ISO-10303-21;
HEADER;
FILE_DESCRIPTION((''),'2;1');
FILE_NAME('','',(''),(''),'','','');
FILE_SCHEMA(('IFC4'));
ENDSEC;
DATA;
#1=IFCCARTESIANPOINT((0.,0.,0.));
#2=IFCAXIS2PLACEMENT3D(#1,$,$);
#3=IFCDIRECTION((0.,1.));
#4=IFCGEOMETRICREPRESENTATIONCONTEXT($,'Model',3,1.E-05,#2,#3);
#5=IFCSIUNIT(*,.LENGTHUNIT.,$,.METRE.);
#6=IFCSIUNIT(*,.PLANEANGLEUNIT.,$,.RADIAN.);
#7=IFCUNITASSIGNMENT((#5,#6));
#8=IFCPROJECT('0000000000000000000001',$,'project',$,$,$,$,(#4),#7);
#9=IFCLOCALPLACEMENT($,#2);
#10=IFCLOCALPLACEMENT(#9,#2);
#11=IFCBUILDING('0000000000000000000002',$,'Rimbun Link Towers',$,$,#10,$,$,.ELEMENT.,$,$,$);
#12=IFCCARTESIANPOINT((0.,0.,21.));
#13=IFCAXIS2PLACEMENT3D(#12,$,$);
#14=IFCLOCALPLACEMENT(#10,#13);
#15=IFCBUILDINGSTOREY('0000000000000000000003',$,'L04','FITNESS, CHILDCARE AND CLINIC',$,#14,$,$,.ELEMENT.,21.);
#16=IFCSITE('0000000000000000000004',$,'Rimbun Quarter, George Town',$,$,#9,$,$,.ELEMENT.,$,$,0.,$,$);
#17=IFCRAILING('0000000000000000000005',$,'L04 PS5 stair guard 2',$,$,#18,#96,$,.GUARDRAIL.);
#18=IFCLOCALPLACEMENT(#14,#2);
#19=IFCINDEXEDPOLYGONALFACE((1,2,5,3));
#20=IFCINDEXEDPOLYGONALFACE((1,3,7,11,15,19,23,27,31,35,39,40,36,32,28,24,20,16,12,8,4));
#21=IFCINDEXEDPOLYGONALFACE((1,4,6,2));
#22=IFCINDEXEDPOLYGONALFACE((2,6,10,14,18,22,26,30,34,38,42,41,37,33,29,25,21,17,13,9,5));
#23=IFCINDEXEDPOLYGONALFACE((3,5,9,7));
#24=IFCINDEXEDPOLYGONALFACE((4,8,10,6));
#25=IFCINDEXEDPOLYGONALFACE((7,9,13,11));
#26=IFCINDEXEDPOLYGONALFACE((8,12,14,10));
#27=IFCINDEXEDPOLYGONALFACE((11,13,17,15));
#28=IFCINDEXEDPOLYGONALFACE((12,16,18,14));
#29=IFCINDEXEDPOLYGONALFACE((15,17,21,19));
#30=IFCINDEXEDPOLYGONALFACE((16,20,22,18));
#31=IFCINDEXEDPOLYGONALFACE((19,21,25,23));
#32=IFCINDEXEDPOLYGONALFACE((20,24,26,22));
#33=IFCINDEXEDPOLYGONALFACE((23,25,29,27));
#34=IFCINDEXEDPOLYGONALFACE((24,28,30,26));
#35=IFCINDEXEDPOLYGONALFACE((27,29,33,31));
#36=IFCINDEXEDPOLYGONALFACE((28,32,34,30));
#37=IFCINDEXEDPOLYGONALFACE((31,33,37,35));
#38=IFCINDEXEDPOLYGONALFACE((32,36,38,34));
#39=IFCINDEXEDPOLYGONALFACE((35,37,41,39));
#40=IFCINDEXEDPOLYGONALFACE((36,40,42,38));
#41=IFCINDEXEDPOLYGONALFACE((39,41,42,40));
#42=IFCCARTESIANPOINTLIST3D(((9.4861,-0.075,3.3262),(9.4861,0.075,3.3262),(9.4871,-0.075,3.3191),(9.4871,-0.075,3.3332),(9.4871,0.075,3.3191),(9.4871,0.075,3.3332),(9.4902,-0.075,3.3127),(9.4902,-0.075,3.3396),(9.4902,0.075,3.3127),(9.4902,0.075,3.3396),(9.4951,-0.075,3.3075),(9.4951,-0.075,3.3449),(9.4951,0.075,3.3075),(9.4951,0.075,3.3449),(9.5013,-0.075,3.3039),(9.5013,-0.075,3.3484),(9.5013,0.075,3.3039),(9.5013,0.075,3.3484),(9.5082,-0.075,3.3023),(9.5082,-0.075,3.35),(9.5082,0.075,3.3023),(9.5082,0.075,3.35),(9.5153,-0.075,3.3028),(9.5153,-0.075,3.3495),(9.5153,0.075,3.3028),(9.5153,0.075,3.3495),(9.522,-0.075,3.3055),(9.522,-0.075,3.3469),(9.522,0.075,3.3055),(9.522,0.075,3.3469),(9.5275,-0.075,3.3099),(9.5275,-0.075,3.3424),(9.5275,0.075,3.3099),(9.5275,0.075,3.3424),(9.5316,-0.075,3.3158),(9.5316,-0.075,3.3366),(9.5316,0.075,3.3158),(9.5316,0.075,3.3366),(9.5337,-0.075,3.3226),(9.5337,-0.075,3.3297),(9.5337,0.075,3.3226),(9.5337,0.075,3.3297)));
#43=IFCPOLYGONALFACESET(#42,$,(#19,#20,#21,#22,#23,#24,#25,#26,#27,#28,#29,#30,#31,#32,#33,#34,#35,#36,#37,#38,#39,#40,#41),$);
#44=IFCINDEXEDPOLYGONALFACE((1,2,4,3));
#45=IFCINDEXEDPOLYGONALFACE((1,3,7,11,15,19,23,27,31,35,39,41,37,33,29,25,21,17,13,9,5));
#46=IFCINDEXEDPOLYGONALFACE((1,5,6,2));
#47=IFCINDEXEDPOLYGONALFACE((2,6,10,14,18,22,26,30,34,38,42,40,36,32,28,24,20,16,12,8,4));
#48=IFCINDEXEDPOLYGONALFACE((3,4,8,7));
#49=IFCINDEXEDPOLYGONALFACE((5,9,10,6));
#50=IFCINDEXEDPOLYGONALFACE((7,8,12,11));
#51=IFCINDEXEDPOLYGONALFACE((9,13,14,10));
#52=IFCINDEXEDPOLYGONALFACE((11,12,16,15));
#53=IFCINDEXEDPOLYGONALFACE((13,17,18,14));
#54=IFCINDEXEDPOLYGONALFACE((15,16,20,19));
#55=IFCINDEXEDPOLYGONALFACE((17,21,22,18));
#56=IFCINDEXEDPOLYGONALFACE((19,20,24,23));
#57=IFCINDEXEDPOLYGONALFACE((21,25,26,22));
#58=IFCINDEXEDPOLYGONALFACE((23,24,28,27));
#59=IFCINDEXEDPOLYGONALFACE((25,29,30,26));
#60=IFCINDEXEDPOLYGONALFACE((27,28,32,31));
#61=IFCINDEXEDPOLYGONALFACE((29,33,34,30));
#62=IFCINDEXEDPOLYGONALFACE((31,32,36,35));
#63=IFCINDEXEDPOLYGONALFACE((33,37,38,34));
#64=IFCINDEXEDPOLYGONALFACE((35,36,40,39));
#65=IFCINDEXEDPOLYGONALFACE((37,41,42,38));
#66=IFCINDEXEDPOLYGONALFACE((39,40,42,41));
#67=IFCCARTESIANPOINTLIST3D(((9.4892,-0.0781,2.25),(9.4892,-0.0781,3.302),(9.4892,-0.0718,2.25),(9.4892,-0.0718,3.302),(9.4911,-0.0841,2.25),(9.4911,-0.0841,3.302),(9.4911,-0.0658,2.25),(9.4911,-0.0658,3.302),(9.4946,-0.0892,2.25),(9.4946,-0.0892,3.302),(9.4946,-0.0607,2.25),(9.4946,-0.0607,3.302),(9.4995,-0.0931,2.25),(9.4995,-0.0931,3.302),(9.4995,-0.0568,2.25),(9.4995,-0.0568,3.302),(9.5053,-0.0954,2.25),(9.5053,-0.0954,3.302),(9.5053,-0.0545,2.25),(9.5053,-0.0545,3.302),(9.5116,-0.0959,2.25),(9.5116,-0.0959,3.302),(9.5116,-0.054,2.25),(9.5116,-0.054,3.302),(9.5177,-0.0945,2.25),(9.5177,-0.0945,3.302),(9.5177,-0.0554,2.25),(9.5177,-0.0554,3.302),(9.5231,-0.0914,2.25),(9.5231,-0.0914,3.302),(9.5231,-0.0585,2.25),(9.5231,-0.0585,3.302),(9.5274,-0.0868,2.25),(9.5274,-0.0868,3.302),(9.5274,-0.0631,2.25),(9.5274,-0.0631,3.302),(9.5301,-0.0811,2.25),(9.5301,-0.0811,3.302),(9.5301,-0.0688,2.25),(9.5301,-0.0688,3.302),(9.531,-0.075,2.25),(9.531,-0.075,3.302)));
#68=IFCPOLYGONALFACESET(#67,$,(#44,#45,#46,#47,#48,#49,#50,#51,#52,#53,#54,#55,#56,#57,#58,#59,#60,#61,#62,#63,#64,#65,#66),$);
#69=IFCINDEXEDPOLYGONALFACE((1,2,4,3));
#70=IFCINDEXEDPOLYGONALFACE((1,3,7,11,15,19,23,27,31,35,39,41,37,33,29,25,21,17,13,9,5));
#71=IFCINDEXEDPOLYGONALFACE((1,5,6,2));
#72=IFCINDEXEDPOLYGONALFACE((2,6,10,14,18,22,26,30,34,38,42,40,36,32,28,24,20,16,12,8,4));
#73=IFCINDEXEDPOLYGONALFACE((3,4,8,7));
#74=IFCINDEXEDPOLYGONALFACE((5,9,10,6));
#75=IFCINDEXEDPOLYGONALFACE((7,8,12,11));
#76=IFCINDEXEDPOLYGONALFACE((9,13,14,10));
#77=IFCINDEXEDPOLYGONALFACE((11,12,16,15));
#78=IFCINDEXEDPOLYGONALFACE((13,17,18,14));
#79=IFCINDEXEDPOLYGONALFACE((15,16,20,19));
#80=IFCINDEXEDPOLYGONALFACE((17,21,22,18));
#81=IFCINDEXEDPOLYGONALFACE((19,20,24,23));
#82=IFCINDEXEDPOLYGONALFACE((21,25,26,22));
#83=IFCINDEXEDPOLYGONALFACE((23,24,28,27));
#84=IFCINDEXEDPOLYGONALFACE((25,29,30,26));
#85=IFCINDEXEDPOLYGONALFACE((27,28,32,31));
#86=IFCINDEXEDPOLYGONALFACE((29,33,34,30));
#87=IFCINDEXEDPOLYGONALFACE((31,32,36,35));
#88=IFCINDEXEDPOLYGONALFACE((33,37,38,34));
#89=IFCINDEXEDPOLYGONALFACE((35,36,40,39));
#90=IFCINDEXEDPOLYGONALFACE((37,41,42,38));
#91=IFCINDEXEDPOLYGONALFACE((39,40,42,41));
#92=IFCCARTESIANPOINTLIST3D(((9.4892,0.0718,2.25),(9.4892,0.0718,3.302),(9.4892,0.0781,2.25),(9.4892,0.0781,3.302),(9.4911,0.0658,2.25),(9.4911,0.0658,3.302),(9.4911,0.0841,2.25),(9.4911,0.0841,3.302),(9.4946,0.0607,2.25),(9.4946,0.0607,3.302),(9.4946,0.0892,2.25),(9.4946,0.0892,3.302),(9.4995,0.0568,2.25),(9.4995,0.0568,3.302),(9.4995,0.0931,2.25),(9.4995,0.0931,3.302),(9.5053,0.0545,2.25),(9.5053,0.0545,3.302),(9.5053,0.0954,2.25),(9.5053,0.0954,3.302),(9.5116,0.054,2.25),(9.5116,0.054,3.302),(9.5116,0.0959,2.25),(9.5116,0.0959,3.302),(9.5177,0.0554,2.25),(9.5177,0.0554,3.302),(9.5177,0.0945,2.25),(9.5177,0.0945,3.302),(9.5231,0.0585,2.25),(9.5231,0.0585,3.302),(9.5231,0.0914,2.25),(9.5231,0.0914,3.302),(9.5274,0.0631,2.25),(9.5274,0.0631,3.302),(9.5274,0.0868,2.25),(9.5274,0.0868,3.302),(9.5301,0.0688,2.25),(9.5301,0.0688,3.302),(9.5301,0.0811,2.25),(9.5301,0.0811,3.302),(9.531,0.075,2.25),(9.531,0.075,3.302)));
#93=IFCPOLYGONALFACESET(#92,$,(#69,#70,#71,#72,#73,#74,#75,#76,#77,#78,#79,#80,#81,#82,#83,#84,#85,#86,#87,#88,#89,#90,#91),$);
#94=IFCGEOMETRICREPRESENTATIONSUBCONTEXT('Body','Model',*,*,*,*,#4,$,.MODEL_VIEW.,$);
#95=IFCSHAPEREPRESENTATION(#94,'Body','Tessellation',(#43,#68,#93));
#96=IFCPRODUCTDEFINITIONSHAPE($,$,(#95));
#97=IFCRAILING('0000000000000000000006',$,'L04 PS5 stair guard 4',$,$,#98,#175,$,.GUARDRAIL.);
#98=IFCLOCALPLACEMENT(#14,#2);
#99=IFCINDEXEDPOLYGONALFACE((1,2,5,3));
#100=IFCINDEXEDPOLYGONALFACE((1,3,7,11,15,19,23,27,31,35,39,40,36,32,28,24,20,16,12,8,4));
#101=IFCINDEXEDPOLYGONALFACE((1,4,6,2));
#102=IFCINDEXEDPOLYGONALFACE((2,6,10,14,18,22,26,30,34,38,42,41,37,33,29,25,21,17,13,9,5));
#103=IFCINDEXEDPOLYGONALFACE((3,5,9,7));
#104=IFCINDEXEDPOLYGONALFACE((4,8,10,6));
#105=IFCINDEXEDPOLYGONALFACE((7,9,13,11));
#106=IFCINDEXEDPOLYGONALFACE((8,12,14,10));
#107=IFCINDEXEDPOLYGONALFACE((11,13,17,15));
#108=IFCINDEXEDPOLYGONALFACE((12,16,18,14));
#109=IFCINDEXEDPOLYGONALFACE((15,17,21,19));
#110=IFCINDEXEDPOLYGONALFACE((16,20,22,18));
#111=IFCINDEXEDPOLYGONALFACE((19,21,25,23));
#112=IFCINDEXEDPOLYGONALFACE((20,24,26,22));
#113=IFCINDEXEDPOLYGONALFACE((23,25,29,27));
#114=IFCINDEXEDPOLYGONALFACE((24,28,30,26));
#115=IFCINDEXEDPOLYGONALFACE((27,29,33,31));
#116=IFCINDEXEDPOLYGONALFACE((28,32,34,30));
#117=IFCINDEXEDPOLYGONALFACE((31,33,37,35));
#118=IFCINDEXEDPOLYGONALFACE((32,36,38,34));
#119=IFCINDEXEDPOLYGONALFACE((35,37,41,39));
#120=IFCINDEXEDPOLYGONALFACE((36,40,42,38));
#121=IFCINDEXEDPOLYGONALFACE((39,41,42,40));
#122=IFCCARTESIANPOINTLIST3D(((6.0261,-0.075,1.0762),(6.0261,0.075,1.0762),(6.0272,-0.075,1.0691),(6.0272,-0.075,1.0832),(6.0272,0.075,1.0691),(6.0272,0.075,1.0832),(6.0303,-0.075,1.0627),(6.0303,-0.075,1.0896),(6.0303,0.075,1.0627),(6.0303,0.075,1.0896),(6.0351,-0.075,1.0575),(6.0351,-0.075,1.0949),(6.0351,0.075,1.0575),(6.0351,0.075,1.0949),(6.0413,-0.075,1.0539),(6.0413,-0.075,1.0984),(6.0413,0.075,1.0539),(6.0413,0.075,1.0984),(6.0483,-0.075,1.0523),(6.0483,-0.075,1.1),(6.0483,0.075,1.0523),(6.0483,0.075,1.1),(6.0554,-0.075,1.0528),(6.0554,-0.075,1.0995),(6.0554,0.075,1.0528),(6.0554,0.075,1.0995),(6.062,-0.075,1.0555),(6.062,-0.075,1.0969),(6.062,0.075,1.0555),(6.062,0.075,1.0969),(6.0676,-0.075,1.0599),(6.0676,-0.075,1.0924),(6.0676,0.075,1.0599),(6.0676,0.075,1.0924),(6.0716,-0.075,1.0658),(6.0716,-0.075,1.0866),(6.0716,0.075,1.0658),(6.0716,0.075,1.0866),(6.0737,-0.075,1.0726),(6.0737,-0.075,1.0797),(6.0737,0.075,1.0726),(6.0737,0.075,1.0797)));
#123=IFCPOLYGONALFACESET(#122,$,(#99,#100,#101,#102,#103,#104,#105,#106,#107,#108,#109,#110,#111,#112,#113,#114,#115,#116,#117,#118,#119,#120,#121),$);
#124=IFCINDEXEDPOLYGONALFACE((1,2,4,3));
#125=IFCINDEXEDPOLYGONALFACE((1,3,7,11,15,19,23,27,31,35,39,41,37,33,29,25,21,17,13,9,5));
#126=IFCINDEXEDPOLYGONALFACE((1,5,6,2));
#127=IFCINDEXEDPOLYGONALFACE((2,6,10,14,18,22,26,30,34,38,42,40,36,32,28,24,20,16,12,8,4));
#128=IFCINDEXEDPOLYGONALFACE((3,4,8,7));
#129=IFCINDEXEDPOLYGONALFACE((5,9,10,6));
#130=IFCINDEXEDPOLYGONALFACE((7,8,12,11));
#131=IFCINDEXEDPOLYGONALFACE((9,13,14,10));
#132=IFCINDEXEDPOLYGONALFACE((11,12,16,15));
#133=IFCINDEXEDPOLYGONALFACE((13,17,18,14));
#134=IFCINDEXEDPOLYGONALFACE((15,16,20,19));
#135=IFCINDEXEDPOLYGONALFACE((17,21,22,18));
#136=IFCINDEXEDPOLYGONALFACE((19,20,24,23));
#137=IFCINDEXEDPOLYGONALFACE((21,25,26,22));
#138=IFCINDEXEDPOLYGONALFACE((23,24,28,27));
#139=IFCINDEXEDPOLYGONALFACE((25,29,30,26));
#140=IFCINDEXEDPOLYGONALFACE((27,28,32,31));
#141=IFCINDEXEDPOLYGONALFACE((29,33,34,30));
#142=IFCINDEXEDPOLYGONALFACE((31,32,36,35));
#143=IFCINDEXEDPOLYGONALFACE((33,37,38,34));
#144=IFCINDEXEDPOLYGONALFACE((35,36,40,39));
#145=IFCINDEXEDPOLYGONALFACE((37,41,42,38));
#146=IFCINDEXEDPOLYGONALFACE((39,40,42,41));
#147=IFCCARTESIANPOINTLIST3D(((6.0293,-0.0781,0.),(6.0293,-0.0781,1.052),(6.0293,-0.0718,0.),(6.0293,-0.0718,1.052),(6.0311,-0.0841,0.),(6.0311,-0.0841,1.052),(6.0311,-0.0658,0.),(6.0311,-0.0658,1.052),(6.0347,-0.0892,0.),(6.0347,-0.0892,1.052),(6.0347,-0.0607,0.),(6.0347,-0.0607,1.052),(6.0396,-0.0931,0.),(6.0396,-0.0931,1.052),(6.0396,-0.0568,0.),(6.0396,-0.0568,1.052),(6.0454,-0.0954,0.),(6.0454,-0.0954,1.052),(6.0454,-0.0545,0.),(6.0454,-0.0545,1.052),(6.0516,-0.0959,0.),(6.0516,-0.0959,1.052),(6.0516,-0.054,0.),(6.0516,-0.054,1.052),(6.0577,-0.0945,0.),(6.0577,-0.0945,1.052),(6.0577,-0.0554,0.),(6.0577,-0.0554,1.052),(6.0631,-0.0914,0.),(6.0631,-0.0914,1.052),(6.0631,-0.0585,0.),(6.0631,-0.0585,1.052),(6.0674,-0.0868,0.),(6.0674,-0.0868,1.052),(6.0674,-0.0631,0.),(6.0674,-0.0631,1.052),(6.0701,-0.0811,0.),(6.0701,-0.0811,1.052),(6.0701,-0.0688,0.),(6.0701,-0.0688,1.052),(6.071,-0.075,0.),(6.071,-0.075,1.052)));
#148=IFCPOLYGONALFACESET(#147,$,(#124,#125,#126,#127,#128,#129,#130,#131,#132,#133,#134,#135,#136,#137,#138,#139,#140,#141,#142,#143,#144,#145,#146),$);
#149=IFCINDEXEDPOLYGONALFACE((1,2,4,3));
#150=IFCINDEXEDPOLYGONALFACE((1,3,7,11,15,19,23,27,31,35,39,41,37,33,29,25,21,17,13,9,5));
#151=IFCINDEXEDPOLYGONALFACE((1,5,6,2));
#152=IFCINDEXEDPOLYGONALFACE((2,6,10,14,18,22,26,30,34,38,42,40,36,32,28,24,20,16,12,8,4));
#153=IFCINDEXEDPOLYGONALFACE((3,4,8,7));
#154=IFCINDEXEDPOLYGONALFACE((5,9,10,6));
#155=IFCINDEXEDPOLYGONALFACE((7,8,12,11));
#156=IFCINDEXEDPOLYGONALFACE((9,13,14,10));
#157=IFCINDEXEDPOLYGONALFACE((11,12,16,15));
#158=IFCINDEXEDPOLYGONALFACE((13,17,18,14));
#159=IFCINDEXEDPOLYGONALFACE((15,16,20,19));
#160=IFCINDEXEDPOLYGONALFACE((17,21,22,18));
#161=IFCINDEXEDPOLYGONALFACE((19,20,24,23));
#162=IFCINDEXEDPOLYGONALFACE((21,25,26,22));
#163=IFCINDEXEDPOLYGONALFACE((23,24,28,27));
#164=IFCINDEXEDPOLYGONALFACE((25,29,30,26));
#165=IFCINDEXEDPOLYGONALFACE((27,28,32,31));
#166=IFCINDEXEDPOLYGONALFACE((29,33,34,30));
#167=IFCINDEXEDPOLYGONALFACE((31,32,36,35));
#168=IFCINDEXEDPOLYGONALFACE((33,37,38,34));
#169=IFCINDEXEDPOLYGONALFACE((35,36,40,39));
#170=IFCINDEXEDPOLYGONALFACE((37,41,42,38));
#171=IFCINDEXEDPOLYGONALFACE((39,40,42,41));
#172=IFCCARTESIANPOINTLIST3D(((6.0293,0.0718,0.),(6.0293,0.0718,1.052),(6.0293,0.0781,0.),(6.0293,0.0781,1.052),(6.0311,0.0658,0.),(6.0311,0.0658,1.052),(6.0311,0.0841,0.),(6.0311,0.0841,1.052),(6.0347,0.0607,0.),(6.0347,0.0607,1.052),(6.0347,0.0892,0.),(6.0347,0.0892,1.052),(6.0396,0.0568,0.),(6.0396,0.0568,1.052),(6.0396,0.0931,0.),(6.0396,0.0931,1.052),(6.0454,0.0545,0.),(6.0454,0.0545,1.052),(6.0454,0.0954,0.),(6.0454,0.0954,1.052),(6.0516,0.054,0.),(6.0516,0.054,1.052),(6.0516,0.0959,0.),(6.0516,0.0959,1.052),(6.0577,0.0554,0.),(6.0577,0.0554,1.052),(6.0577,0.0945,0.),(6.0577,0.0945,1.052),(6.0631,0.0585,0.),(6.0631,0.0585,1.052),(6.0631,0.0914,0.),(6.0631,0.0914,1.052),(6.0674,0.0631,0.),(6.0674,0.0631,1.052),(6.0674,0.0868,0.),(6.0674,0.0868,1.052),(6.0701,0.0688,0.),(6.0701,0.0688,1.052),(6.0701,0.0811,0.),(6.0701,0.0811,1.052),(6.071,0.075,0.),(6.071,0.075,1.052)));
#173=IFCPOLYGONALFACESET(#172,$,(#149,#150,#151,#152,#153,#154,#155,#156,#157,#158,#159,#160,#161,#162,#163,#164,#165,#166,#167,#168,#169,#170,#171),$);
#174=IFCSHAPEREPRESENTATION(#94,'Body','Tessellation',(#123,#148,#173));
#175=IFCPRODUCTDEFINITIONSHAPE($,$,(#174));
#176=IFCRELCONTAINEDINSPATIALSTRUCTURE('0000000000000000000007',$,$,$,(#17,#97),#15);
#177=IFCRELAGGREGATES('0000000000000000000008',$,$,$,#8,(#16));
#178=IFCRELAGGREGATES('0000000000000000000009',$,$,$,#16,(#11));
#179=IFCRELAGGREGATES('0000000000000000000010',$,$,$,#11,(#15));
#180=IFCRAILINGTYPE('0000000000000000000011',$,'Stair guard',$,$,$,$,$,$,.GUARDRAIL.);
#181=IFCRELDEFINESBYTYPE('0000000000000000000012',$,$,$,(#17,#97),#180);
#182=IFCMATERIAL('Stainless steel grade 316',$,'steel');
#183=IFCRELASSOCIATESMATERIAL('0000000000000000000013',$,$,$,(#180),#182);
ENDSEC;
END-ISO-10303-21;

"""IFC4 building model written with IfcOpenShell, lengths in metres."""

from ifc_helpers import new_model, si_unit, direction, frame, origin, origin_2d, place, context, subcontext, project, spatial, circle, extrude, material, type_object, element, save


model = new_model("IFC4")

# Units and contexts
model_context = context("Model", 3, precision=1e-05, world=origin(), true_north=direction((0.0, 1.0)))
body_context = subcontext(model_context, "Body", "Model", "MODEL_VIEW")
ifc_project = project(units=[si_unit("LENGTHUNIT", "METRE"), si_unit("PLANEANGLEUNIT", "RADIAN")], contexts=[model_context])

# Site, building, storey
site_placement = place(None, origin())
site = spatial("IfcSite", under=ifc_project, at=site_placement, Name="Rimbun Quarter, George Town", CompositionType="ELEMENT", RefElevation=0.0)
building_placement = place(site_placement, origin())
building = spatial("IfcBuilding", under=site, at=building_placement, Name="Rimbun Link Towers", CompositionType="ELEMENT")
storey_placement = place(building_placement, frame((0.0, 0.0, 21.0)))
storey = spatial("IfcBuildingStorey", under=building, at=storey_placement, Name="L04", Description="FITNESS, CHILDCARE AND CLINIC", CompositionType="ELEMENT", Elevation=21.0)

# Railings
ifc_material_1 = material(Name="Stainless steel grade 316", Category="steel")
railing_type_1 = type_object("IfcRailingType", Name="Stair guard", PredefinedType="GUARDRAIL", material=ifc_material_1)
for number, where, name in (
    (1, (9.51, -0.075, 2.25), "L04 PS5 stair guard 2"),
    (2, (6.05, -0.075, 0.0), "L04 PS5 stair guard 4"),
):
    element("IfcRailing", number, at=place(storey_placement, frame(where)), inside=storey, type_object=railing_type_1, Name=name, PredefinedType="GUARDRAIL", context=body_context, shape_type="SweptSolid", body=[
        extrude(circle(Radius=0.0239, at=origin_2d()), frame((0.0, 0.0, 1.0762), z_axis=(0.0, 1.0, 0.0), x_axis=(-1.0, 0.0, 0.0)), (0.0, 0.0, 1.0), 0.1499),
        extrude(circle(Radius=0.021, at=origin_2d()), origin(), (0.0, 0.0, 1.0), 1.052),
        extrude(circle(Radius=0.021, at=origin_2d()), frame((0.0, 0.1499, 0.0)), (0.0, 0.0, 1.0), 1.052),
    ])

save(model, "model.ifc")
